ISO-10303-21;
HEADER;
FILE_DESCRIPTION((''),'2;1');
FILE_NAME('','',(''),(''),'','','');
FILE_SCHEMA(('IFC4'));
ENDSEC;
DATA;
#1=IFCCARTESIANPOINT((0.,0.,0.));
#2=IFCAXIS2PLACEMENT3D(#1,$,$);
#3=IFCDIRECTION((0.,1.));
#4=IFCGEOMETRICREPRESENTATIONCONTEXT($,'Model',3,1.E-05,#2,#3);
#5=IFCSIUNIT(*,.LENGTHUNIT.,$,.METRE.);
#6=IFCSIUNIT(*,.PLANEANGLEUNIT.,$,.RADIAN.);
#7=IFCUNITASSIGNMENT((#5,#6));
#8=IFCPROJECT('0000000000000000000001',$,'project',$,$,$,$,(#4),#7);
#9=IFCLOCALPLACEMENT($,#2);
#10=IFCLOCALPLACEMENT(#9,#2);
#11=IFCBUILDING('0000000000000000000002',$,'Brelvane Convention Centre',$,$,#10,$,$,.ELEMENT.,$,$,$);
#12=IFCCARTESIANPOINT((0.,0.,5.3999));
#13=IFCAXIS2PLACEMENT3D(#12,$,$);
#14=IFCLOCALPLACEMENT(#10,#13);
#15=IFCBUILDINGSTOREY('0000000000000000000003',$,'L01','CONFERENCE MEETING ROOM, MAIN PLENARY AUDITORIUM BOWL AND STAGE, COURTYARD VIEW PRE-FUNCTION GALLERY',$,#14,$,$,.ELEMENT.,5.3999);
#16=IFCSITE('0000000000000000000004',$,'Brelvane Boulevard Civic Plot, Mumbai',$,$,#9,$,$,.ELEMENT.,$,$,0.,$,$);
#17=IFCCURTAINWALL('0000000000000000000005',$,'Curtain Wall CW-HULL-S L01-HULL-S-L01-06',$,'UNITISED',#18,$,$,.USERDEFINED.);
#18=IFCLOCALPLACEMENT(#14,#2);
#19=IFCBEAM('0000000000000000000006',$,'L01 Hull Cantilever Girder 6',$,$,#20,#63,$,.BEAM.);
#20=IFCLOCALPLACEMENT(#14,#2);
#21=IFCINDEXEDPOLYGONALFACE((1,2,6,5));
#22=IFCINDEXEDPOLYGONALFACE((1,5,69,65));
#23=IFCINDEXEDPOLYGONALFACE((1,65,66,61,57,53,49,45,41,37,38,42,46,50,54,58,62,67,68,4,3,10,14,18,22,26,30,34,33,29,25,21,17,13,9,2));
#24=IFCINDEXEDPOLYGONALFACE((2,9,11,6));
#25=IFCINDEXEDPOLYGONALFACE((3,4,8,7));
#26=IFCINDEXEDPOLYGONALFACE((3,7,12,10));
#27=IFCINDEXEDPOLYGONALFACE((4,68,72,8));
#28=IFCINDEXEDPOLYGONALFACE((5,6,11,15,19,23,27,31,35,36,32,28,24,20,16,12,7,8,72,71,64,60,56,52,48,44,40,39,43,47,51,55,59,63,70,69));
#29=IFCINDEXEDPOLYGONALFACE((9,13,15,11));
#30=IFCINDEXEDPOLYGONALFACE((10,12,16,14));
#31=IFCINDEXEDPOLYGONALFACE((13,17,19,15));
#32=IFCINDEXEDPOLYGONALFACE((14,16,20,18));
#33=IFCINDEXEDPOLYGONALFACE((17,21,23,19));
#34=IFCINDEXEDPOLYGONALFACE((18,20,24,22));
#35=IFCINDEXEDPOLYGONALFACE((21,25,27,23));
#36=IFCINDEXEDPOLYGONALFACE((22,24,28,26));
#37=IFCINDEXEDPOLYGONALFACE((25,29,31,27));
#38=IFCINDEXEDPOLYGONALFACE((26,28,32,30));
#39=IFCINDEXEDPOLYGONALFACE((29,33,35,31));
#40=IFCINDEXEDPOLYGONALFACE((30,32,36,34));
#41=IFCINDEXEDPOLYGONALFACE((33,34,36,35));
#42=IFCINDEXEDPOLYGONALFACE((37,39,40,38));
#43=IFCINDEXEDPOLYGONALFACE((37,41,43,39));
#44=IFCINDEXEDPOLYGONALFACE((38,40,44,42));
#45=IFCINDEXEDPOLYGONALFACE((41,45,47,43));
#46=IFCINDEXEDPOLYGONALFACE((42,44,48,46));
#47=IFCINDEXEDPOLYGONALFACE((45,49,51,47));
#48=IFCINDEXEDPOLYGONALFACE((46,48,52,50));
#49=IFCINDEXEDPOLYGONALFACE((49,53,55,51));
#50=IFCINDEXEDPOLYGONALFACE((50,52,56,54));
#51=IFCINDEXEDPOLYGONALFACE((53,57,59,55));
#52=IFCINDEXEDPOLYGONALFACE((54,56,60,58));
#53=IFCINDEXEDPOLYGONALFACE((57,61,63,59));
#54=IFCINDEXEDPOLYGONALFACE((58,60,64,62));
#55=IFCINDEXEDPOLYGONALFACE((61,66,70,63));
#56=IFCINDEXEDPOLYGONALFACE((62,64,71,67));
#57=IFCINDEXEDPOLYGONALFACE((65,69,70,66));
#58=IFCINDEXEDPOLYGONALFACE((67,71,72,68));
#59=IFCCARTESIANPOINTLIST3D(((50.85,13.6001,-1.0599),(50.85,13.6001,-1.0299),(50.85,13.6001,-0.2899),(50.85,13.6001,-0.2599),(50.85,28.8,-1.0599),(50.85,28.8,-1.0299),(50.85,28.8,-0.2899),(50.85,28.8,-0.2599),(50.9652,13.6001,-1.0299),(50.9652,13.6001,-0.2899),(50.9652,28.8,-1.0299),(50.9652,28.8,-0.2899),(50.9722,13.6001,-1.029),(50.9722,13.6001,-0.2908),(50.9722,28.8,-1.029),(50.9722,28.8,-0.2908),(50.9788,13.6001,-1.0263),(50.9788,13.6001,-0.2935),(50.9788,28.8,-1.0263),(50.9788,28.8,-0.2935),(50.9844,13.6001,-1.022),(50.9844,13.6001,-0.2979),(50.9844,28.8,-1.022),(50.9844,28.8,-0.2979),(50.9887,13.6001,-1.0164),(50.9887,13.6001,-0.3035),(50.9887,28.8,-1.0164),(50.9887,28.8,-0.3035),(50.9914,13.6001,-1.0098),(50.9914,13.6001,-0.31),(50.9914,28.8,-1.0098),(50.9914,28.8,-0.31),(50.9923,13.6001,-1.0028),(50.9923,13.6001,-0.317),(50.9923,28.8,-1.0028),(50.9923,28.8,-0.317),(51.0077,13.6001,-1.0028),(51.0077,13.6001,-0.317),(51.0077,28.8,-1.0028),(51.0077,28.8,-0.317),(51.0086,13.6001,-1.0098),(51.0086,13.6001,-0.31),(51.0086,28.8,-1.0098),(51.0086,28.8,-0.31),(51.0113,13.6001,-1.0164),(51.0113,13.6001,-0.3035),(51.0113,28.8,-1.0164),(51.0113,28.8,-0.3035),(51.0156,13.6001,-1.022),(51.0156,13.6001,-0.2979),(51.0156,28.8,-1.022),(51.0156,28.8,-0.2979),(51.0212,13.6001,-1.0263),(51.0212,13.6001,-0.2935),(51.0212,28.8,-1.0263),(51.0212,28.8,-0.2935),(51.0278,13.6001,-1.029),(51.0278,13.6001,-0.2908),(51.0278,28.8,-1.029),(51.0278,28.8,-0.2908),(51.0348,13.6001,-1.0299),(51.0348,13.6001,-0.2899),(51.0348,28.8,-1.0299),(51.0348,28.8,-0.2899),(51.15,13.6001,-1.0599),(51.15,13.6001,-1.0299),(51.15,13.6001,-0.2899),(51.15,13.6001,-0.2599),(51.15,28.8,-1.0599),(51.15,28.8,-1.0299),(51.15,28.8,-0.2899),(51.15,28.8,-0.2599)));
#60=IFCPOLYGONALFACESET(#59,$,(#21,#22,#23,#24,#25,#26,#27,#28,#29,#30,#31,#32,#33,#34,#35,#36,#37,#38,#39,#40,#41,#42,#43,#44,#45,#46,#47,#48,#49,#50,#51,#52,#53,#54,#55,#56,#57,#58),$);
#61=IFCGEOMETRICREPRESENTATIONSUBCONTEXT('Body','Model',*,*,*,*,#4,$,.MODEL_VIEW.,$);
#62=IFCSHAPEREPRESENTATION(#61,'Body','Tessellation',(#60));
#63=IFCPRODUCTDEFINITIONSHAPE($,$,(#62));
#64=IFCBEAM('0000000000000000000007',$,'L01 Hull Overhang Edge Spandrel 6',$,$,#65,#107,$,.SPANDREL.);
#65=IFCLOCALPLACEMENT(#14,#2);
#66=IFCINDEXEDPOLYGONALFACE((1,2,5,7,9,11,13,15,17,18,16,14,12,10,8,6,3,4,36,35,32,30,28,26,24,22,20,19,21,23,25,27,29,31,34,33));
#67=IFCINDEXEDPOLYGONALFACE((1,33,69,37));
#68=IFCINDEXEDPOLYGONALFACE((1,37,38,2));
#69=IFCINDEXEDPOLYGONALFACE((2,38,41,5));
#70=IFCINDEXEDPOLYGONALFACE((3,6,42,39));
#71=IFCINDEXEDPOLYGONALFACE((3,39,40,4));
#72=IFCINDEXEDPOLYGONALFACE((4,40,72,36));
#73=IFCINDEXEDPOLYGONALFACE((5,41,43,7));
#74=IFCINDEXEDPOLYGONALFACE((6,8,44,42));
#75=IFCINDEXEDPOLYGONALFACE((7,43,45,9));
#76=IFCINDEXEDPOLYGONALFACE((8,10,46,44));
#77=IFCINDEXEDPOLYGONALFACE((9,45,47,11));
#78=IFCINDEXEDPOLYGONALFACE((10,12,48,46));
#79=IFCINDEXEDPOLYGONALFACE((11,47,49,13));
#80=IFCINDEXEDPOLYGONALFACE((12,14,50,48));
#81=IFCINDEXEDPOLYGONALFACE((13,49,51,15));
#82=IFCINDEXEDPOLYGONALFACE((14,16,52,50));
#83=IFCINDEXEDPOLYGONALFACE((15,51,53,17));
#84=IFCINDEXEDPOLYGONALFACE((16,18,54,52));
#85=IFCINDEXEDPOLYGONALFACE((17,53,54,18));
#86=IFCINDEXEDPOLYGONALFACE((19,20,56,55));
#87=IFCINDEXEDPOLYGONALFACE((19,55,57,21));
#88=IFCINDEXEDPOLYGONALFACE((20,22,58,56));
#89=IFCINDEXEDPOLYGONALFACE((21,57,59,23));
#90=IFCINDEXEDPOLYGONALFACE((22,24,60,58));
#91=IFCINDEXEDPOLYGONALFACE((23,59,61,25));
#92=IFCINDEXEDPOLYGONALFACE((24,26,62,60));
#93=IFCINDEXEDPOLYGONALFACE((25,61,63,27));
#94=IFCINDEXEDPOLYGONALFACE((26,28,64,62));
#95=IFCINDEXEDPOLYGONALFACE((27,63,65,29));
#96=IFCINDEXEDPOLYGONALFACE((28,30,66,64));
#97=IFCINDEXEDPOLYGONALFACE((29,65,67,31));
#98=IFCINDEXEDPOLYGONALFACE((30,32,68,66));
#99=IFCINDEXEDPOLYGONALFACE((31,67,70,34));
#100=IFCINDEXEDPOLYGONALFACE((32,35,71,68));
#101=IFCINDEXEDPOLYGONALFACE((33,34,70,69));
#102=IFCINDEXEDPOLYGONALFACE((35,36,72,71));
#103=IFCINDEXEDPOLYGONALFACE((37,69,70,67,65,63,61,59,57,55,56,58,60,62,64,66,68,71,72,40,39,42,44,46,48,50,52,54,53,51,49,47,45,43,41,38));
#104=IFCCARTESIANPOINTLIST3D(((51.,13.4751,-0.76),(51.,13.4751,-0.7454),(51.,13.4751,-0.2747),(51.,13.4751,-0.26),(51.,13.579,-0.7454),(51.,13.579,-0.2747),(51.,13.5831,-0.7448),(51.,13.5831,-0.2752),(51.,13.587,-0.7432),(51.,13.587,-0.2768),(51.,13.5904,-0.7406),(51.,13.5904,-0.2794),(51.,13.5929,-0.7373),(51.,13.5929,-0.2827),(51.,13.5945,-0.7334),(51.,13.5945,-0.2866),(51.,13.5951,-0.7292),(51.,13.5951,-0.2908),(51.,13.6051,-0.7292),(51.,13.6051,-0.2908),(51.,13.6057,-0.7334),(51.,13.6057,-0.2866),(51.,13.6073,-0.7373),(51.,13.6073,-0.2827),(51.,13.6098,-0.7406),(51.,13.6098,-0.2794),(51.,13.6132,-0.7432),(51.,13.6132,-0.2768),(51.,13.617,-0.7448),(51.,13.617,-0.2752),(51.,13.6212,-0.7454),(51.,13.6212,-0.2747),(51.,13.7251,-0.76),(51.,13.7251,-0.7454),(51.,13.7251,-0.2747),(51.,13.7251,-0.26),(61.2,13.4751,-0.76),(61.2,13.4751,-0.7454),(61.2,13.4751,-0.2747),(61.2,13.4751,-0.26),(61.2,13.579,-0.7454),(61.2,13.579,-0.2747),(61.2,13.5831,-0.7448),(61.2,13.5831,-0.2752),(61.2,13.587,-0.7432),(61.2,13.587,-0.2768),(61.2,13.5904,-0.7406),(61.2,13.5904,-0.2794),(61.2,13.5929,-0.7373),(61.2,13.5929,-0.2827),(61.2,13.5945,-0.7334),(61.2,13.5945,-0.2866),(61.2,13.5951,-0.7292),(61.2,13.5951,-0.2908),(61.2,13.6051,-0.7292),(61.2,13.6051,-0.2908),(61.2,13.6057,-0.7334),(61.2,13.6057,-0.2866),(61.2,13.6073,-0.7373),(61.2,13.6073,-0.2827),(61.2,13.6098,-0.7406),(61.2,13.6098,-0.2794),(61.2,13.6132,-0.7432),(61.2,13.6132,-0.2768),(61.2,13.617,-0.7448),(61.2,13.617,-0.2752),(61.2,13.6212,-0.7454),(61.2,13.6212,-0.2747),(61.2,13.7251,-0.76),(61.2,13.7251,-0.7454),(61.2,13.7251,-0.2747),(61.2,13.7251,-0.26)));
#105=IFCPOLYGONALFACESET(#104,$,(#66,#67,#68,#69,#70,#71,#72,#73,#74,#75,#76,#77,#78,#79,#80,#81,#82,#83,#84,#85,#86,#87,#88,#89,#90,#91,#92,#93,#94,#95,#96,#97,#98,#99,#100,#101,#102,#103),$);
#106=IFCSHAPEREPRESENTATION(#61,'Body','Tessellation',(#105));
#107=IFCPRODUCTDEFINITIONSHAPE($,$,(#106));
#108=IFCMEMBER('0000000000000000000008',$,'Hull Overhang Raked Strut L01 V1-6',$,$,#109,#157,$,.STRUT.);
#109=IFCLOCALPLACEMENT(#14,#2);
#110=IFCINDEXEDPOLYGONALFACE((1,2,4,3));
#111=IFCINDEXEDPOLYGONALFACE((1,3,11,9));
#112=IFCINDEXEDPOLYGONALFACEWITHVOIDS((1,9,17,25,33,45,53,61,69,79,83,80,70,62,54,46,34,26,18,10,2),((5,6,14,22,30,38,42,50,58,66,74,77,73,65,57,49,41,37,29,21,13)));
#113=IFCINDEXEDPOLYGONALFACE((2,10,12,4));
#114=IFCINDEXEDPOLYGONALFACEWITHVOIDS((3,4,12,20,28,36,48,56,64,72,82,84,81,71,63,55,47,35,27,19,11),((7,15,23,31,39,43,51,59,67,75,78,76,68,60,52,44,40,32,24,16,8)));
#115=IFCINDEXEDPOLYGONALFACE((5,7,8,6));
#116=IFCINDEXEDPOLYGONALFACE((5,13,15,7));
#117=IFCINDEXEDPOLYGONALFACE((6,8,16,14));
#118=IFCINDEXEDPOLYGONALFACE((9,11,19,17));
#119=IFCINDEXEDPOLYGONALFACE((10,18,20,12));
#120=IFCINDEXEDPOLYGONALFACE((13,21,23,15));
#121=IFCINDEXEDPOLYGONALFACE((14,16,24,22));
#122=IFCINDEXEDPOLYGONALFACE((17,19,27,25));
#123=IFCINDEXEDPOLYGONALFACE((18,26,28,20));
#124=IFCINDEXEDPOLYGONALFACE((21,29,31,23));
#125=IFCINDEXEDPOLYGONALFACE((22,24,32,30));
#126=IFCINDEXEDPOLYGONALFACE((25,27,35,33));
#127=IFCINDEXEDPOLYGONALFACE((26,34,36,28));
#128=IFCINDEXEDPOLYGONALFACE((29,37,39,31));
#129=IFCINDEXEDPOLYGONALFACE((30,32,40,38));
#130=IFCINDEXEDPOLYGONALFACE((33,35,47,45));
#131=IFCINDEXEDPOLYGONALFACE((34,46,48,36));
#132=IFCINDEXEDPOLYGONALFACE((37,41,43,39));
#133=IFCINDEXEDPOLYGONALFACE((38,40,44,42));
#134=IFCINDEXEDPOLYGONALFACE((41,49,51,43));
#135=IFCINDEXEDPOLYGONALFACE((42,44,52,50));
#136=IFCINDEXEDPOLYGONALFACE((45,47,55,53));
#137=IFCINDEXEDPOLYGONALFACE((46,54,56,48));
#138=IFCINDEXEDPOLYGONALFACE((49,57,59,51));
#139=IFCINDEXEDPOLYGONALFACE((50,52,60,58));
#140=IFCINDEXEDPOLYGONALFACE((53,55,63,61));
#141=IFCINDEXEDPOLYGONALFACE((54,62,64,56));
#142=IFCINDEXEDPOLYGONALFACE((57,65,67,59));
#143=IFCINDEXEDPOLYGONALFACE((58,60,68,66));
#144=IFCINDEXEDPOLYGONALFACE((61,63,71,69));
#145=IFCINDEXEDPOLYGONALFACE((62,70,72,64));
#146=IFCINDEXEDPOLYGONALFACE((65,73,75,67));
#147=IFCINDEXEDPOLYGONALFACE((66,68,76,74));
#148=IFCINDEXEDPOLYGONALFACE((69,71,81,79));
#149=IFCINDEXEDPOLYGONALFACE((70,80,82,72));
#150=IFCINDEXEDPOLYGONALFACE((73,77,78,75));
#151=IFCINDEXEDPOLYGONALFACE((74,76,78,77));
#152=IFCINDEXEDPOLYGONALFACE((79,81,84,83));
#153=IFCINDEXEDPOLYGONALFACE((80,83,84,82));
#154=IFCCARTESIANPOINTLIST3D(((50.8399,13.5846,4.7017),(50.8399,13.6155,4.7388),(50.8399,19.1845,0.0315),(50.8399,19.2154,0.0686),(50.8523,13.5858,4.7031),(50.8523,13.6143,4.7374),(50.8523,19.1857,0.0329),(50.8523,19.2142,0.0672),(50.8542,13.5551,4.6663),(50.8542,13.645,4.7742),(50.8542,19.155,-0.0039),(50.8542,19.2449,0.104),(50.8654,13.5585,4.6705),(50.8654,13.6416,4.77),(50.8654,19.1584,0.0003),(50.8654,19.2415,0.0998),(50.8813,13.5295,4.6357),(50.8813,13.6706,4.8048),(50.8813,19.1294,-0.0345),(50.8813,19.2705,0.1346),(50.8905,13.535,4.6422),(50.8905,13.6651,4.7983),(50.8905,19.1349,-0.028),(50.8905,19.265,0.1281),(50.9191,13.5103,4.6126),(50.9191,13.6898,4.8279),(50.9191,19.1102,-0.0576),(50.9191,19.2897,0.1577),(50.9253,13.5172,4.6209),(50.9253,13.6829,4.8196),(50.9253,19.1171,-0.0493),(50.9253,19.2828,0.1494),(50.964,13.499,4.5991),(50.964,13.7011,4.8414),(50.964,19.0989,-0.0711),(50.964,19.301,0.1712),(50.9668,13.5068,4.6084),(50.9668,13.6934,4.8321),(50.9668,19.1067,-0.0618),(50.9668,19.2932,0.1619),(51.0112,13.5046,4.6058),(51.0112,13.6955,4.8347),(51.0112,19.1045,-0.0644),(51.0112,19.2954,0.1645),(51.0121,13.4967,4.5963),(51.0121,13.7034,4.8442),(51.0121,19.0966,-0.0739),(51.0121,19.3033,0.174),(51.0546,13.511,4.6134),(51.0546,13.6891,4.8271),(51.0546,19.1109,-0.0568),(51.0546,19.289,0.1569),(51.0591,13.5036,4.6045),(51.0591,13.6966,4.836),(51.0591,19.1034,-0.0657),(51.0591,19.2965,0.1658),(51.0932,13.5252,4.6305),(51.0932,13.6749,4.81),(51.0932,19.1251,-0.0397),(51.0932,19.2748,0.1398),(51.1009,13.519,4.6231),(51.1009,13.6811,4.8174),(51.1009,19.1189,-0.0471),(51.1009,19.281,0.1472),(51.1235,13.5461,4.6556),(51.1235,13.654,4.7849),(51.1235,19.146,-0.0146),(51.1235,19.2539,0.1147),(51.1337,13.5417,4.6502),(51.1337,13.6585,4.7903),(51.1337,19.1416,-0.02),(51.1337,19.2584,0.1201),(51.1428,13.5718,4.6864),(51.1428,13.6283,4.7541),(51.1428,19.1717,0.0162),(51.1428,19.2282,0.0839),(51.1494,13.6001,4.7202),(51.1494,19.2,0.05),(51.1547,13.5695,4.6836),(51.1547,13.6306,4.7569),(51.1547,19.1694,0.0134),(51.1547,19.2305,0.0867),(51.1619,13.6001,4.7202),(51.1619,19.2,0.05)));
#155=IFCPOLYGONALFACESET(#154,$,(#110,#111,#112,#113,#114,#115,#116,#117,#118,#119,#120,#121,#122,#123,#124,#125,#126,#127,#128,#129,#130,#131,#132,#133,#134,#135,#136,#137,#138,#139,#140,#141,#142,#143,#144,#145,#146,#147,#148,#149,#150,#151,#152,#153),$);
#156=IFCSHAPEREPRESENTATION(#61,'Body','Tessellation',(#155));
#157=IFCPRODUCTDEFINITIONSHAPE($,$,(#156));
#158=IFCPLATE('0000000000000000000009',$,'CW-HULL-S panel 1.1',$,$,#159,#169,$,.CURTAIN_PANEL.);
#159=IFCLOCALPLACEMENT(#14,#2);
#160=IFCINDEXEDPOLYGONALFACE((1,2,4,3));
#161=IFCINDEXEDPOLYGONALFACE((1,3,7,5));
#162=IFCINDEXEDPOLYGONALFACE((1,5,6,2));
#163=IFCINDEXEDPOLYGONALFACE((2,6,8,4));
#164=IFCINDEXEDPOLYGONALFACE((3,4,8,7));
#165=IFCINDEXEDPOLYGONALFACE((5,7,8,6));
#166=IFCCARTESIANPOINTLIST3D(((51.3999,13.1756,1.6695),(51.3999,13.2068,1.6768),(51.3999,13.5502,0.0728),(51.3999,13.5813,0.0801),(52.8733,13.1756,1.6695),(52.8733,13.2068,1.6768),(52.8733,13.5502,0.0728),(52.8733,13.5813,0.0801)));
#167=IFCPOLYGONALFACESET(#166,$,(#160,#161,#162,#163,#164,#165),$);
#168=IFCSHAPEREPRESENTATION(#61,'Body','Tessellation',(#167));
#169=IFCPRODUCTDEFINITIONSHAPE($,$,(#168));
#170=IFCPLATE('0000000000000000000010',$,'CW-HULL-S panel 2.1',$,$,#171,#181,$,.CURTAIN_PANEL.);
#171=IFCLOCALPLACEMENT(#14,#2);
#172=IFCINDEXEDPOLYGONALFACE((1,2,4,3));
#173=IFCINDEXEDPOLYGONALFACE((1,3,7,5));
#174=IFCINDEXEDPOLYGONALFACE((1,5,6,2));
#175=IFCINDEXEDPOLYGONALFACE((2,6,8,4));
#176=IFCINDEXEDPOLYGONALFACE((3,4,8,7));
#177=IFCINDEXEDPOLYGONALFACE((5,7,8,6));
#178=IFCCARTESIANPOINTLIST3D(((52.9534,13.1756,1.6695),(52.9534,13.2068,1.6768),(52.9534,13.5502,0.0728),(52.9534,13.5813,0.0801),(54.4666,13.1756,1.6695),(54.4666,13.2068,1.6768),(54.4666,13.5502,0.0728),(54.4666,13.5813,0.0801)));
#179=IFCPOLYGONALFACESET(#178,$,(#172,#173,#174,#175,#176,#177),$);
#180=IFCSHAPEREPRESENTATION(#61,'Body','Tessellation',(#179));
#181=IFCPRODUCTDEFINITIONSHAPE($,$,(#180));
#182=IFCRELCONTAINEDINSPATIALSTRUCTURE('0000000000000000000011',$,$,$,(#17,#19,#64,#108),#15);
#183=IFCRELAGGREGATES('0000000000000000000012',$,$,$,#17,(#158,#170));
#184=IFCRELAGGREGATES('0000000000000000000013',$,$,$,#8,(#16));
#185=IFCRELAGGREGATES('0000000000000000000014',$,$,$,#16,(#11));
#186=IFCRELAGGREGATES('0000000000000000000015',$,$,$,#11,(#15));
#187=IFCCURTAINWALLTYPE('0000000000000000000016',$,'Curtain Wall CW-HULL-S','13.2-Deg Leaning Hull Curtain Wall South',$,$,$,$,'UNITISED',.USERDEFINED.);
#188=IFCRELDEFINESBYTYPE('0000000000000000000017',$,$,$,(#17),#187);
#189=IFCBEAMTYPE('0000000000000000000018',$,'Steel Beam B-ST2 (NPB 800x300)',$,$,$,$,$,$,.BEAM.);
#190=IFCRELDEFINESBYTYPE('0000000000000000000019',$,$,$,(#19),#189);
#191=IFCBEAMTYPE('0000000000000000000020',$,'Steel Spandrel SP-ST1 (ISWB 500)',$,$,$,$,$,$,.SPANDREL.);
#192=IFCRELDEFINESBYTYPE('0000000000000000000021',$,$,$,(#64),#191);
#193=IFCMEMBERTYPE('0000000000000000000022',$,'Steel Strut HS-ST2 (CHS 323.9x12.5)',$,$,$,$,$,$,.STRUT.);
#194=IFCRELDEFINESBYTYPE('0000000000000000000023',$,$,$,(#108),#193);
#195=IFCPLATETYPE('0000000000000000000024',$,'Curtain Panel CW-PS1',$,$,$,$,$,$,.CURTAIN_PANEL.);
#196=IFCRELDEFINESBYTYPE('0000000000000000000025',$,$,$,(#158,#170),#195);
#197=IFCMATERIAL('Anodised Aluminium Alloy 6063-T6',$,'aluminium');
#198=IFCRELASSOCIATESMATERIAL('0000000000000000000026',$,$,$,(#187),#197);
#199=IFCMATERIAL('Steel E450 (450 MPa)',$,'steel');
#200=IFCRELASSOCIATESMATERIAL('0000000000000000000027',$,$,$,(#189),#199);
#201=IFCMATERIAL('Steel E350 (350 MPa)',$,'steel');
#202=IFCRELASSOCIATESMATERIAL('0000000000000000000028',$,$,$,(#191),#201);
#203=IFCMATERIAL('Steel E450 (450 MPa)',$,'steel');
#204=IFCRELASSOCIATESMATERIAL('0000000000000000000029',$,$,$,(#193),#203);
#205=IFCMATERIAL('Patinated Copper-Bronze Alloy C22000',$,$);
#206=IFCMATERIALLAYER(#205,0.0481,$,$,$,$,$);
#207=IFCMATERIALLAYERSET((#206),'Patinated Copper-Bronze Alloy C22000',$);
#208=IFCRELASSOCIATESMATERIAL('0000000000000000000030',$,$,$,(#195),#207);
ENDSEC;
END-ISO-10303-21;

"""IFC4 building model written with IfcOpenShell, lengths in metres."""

from ifc_helpers import new_model, si_unit, direction, frame, origin, origin_2d, place, context, subcontext, project, spatial, polyline, hollow_circle, i_section, outline, extrude, material, layer, layer_set, material_profile, profile_set, type_object, element, aggregate, save


model = new_model("IFC4")

# Units and contexts
model_context = context("Model", 3, precision=1e-05, world=origin(), true_north=direction((0.0, 1.0)))
body_context = subcontext(model_context, "Body", "Model", "MODEL_VIEW")
ifc_project = project(units=[si_unit("LENGTHUNIT", "METRE"), si_unit("PLANEANGLEUNIT", "RADIAN")], contexts=[model_context])

# Site, building, storey
site_placement = place(None, origin())
site = spatial("IfcSite", under=ifc_project, at=site_placement, Name="Brelvane Boulevard Civic Plot, Mumbai", CompositionType="ELEMENT", RefElevation=0.0)
building_placement = place(site_placement, origin())
building = spatial("IfcBuilding", under=site, at=building_placement, Name="Brelvane Convention Centre", CompositionType="ELEMENT")
storey_placement = place(building_placement, frame((0.0, 0.0, 5.3999)))
storey = spatial("IfcBuildingStorey", under=building, at=storey_placement, Name="L01", Description="CONFERENCE MEETING ROOM, MAIN PLENARY AUDITORIUM BOWL AND STAGE, COURTYARD VIEW PRE-FUNCTION GALLERY", CompositionType="ELEMENT", Elevation=5.3999)

# Curtain wall
ifc_material_1 = material(Name="Anodised Aluminium Alloy 6063-T6", Category="aluminium")
curtain_wall_type = type_object("IfcCurtainWallType", Name="Curtain Wall CW-HULL-S", Description="13.2-Deg Leaning Hull Curtain Wall South", ElementType="UNITISED", PredefinedType="USERDEFINED", material=ifc_material_1)
curtain_wall_1_placement = place(storey_placement, origin())
curtain_wall_1 = element("IfcCurtainWall", 1, at=curtain_wall_1_placement, inside=storey, type_object=curtain_wall_type, Name="Curtain Wall CW-HULL-S L01-HULL-S-L01-06", ObjectType="UNITISED", PredefinedType="USERDEFINED")

# Beams
ifc_material_2 = material(Name="Steel E450 (450 MPa)", Category="steel")
ifc_material_profile_1 = material_profile(ifc_material_2, i_section(OverallWidth=0.3, OverallDepth=0.8, WebThickness=0.0154, FlangeThickness=0.03, FilletRadius=0.0271, at=origin_2d()), Name="NPB 800x300")
ifc_profile_set_1 = profile_set([ifc_material_profile_1], Name="Steel E450 (450 MPa)")
beam_type_1 = type_object("IfcBeamType", Name="Steel Beam B-ST2 (NPB 800x300)", PredefinedType="BEAM", material=ifc_profile_set_1)
beam_1_placement = place(storey_placement, frame((51.0, 13.6001, -0.6599), z_axis=(0.0, 1.0, 0.0), x_axis=(-1.0, 0.0, 0.0)))
element("IfcBeam", 2, at=beam_1_placement, inside=storey, type_object=beam_type_1, Name="L01 Hull Cantilever Girder 6", PredefinedType="BEAM", context=body_context, shape_type="SweptSolid", body=[
    extrude(i_section(OverallWidth=0.3, OverallDepth=0.8, WebThickness=0.0154, FlangeThickness=0.03, FilletRadius=0.0271, at=origin_2d()), origin(), (0.0, 0.0, 1.0), 15.2),
])
ifc_material_3 = material(Name="Steel E350 (350 MPa)", Category="steel")
ifc_material_profile_2 = material_profile(ifc_material_3, i_section(OverallWidth=0.25, OverallDepth=0.5, WebThickness=0.01, FlangeThickness=0.0146, FilletRadius=0.0161, at=origin_2d()), Name="ISWB 500")
ifc_profile_set_2 = profile_set([ifc_material_profile_2], Name="Steel E350 (350 MPa)")
beam_type_2 = type_object("IfcBeamType", Name="Steel Spandrel SP-ST1 (ISWB 500)", PredefinedType="SPANDREL", material=ifc_profile_set_2)
beam_2_placement = place(storey_placement, frame((51.0, 13.6001, -0.51), z_axis=(1.0, 0.0, 0.0), x_axis=(0.0, 1.0, 0.0)))
element("IfcBeam", 3, at=beam_2_placement, inside=storey, type_object=beam_type_2, Name="L01 Hull Overhang Edge Spandrel 6", PredefinedType="SPANDREL", context=body_context, shape_type="SweptSolid", body=[
    extrude(i_section(OverallWidth=0.25, OverallDepth=0.5, WebThickness=0.01, FlangeThickness=0.0146, FilletRadius=0.0161, at=origin_2d()), origin(), (0.0, 0.0, 1.0), 10.2),
])

# Member
ifc_material_4 = material(Name="Steel E450 (450 MPa)", Category="steel")
ifc_material_profile_3 = material_profile(ifc_material_4, hollow_circle(Radius=0.1619, WallThickness=0.0125, at=origin_2d()), Name="CHS 323.9x12.5")
ifc_profile_set_3 = profile_set([ifc_material_profile_3], Name="Steel E450 (450 MPa)")
member_type_1 = type_object("IfcMemberType", Name="Steel Strut HS-ST2 (CHS 323.9x12.5)", PredefinedType="STRUT", material=ifc_profile_set_3)
member_1_placement = place(storey_placement, frame((51.0, 19.2, 0.05), z_axis=(0.0, -0.767977, 0.640477), x_axis=(1.0, 0.0, 0.0)))
element("IfcMember", 4, at=member_1_placement, inside=storey, type_object=member_type_1, Name="Hull Overhang Raked Strut L01 V1-6", PredefinedType="STRUT", context=body_context, shape_type="SweptSolid", body=[
    extrude(hollow_circle(Radius=0.1619, WallThickness=0.0125, at=origin_2d()), origin(), (0.0, 0.0, 1.0), 7.2917),
])

# Plates
ifc_material_5 = material(Name="Patinated Copper-Bronze Alloy C22000")
ifc_layer_1 = layer(ifc_material_5, 0.0481)
ifc_layer_set_1 = layer_set([ifc_layer_1], Name="Patinated Copper-Bronze Alloy C22000")
plate_type_1 = type_object("IfcPlateType", Name="Curtain Panel CW-PS1", PredefinedType="CURTAIN_PANEL", material=ifc_layer_set_1)
plate_1_placement = place(storey_placement, frame((51.3999, 13.5813, 0.0801), z_axis=(0.0, 0.973577, 0.228359), x_axis=(1.0, 0.0, 0.0)))
plate_1 = element("IfcPlate", 5, at=plate_1_placement, type_object=plate_type_1, Name="CW-HULL-S panel 1.1", PredefinedType="CURTAIN_PANEL", context=body_context, shape_type="SweptSolid", body=[
    extrude(outline(polyline([(0.0, 0.0), (1.4734, 0.0), (1.4734, -1.64), (0.0, -1.64), (0.0, 0.0)])), origin(), (0.0, 0.0, -1.0), 0.032),
])
plate_2_placement = place(storey_placement, frame((52.9534, 13.5813, 0.0801), z_axis=(0.0, 0.973577, 0.228359), x_axis=(1.0, 0.0, 0.0)))
plate_2 = element("IfcPlate", 6, at=plate_2_placement, type_object=plate_type_1, Name="CW-HULL-S panel 2.1", PredefinedType="CURTAIN_PANEL", context=body_context, shape_type="SweptSolid", body=[
    extrude(outline(polyline([(0.0, 0.0), (1.5132, 0.0), (1.5132, -1.64), (0.0, -1.64), (0.0, 0.0)])), origin(), (0.0, 0.0, -1.0), 0.032),
])
aggregate(curtain_wall_1, [plate_1, plate_2])

save(model, "model.ifc")
